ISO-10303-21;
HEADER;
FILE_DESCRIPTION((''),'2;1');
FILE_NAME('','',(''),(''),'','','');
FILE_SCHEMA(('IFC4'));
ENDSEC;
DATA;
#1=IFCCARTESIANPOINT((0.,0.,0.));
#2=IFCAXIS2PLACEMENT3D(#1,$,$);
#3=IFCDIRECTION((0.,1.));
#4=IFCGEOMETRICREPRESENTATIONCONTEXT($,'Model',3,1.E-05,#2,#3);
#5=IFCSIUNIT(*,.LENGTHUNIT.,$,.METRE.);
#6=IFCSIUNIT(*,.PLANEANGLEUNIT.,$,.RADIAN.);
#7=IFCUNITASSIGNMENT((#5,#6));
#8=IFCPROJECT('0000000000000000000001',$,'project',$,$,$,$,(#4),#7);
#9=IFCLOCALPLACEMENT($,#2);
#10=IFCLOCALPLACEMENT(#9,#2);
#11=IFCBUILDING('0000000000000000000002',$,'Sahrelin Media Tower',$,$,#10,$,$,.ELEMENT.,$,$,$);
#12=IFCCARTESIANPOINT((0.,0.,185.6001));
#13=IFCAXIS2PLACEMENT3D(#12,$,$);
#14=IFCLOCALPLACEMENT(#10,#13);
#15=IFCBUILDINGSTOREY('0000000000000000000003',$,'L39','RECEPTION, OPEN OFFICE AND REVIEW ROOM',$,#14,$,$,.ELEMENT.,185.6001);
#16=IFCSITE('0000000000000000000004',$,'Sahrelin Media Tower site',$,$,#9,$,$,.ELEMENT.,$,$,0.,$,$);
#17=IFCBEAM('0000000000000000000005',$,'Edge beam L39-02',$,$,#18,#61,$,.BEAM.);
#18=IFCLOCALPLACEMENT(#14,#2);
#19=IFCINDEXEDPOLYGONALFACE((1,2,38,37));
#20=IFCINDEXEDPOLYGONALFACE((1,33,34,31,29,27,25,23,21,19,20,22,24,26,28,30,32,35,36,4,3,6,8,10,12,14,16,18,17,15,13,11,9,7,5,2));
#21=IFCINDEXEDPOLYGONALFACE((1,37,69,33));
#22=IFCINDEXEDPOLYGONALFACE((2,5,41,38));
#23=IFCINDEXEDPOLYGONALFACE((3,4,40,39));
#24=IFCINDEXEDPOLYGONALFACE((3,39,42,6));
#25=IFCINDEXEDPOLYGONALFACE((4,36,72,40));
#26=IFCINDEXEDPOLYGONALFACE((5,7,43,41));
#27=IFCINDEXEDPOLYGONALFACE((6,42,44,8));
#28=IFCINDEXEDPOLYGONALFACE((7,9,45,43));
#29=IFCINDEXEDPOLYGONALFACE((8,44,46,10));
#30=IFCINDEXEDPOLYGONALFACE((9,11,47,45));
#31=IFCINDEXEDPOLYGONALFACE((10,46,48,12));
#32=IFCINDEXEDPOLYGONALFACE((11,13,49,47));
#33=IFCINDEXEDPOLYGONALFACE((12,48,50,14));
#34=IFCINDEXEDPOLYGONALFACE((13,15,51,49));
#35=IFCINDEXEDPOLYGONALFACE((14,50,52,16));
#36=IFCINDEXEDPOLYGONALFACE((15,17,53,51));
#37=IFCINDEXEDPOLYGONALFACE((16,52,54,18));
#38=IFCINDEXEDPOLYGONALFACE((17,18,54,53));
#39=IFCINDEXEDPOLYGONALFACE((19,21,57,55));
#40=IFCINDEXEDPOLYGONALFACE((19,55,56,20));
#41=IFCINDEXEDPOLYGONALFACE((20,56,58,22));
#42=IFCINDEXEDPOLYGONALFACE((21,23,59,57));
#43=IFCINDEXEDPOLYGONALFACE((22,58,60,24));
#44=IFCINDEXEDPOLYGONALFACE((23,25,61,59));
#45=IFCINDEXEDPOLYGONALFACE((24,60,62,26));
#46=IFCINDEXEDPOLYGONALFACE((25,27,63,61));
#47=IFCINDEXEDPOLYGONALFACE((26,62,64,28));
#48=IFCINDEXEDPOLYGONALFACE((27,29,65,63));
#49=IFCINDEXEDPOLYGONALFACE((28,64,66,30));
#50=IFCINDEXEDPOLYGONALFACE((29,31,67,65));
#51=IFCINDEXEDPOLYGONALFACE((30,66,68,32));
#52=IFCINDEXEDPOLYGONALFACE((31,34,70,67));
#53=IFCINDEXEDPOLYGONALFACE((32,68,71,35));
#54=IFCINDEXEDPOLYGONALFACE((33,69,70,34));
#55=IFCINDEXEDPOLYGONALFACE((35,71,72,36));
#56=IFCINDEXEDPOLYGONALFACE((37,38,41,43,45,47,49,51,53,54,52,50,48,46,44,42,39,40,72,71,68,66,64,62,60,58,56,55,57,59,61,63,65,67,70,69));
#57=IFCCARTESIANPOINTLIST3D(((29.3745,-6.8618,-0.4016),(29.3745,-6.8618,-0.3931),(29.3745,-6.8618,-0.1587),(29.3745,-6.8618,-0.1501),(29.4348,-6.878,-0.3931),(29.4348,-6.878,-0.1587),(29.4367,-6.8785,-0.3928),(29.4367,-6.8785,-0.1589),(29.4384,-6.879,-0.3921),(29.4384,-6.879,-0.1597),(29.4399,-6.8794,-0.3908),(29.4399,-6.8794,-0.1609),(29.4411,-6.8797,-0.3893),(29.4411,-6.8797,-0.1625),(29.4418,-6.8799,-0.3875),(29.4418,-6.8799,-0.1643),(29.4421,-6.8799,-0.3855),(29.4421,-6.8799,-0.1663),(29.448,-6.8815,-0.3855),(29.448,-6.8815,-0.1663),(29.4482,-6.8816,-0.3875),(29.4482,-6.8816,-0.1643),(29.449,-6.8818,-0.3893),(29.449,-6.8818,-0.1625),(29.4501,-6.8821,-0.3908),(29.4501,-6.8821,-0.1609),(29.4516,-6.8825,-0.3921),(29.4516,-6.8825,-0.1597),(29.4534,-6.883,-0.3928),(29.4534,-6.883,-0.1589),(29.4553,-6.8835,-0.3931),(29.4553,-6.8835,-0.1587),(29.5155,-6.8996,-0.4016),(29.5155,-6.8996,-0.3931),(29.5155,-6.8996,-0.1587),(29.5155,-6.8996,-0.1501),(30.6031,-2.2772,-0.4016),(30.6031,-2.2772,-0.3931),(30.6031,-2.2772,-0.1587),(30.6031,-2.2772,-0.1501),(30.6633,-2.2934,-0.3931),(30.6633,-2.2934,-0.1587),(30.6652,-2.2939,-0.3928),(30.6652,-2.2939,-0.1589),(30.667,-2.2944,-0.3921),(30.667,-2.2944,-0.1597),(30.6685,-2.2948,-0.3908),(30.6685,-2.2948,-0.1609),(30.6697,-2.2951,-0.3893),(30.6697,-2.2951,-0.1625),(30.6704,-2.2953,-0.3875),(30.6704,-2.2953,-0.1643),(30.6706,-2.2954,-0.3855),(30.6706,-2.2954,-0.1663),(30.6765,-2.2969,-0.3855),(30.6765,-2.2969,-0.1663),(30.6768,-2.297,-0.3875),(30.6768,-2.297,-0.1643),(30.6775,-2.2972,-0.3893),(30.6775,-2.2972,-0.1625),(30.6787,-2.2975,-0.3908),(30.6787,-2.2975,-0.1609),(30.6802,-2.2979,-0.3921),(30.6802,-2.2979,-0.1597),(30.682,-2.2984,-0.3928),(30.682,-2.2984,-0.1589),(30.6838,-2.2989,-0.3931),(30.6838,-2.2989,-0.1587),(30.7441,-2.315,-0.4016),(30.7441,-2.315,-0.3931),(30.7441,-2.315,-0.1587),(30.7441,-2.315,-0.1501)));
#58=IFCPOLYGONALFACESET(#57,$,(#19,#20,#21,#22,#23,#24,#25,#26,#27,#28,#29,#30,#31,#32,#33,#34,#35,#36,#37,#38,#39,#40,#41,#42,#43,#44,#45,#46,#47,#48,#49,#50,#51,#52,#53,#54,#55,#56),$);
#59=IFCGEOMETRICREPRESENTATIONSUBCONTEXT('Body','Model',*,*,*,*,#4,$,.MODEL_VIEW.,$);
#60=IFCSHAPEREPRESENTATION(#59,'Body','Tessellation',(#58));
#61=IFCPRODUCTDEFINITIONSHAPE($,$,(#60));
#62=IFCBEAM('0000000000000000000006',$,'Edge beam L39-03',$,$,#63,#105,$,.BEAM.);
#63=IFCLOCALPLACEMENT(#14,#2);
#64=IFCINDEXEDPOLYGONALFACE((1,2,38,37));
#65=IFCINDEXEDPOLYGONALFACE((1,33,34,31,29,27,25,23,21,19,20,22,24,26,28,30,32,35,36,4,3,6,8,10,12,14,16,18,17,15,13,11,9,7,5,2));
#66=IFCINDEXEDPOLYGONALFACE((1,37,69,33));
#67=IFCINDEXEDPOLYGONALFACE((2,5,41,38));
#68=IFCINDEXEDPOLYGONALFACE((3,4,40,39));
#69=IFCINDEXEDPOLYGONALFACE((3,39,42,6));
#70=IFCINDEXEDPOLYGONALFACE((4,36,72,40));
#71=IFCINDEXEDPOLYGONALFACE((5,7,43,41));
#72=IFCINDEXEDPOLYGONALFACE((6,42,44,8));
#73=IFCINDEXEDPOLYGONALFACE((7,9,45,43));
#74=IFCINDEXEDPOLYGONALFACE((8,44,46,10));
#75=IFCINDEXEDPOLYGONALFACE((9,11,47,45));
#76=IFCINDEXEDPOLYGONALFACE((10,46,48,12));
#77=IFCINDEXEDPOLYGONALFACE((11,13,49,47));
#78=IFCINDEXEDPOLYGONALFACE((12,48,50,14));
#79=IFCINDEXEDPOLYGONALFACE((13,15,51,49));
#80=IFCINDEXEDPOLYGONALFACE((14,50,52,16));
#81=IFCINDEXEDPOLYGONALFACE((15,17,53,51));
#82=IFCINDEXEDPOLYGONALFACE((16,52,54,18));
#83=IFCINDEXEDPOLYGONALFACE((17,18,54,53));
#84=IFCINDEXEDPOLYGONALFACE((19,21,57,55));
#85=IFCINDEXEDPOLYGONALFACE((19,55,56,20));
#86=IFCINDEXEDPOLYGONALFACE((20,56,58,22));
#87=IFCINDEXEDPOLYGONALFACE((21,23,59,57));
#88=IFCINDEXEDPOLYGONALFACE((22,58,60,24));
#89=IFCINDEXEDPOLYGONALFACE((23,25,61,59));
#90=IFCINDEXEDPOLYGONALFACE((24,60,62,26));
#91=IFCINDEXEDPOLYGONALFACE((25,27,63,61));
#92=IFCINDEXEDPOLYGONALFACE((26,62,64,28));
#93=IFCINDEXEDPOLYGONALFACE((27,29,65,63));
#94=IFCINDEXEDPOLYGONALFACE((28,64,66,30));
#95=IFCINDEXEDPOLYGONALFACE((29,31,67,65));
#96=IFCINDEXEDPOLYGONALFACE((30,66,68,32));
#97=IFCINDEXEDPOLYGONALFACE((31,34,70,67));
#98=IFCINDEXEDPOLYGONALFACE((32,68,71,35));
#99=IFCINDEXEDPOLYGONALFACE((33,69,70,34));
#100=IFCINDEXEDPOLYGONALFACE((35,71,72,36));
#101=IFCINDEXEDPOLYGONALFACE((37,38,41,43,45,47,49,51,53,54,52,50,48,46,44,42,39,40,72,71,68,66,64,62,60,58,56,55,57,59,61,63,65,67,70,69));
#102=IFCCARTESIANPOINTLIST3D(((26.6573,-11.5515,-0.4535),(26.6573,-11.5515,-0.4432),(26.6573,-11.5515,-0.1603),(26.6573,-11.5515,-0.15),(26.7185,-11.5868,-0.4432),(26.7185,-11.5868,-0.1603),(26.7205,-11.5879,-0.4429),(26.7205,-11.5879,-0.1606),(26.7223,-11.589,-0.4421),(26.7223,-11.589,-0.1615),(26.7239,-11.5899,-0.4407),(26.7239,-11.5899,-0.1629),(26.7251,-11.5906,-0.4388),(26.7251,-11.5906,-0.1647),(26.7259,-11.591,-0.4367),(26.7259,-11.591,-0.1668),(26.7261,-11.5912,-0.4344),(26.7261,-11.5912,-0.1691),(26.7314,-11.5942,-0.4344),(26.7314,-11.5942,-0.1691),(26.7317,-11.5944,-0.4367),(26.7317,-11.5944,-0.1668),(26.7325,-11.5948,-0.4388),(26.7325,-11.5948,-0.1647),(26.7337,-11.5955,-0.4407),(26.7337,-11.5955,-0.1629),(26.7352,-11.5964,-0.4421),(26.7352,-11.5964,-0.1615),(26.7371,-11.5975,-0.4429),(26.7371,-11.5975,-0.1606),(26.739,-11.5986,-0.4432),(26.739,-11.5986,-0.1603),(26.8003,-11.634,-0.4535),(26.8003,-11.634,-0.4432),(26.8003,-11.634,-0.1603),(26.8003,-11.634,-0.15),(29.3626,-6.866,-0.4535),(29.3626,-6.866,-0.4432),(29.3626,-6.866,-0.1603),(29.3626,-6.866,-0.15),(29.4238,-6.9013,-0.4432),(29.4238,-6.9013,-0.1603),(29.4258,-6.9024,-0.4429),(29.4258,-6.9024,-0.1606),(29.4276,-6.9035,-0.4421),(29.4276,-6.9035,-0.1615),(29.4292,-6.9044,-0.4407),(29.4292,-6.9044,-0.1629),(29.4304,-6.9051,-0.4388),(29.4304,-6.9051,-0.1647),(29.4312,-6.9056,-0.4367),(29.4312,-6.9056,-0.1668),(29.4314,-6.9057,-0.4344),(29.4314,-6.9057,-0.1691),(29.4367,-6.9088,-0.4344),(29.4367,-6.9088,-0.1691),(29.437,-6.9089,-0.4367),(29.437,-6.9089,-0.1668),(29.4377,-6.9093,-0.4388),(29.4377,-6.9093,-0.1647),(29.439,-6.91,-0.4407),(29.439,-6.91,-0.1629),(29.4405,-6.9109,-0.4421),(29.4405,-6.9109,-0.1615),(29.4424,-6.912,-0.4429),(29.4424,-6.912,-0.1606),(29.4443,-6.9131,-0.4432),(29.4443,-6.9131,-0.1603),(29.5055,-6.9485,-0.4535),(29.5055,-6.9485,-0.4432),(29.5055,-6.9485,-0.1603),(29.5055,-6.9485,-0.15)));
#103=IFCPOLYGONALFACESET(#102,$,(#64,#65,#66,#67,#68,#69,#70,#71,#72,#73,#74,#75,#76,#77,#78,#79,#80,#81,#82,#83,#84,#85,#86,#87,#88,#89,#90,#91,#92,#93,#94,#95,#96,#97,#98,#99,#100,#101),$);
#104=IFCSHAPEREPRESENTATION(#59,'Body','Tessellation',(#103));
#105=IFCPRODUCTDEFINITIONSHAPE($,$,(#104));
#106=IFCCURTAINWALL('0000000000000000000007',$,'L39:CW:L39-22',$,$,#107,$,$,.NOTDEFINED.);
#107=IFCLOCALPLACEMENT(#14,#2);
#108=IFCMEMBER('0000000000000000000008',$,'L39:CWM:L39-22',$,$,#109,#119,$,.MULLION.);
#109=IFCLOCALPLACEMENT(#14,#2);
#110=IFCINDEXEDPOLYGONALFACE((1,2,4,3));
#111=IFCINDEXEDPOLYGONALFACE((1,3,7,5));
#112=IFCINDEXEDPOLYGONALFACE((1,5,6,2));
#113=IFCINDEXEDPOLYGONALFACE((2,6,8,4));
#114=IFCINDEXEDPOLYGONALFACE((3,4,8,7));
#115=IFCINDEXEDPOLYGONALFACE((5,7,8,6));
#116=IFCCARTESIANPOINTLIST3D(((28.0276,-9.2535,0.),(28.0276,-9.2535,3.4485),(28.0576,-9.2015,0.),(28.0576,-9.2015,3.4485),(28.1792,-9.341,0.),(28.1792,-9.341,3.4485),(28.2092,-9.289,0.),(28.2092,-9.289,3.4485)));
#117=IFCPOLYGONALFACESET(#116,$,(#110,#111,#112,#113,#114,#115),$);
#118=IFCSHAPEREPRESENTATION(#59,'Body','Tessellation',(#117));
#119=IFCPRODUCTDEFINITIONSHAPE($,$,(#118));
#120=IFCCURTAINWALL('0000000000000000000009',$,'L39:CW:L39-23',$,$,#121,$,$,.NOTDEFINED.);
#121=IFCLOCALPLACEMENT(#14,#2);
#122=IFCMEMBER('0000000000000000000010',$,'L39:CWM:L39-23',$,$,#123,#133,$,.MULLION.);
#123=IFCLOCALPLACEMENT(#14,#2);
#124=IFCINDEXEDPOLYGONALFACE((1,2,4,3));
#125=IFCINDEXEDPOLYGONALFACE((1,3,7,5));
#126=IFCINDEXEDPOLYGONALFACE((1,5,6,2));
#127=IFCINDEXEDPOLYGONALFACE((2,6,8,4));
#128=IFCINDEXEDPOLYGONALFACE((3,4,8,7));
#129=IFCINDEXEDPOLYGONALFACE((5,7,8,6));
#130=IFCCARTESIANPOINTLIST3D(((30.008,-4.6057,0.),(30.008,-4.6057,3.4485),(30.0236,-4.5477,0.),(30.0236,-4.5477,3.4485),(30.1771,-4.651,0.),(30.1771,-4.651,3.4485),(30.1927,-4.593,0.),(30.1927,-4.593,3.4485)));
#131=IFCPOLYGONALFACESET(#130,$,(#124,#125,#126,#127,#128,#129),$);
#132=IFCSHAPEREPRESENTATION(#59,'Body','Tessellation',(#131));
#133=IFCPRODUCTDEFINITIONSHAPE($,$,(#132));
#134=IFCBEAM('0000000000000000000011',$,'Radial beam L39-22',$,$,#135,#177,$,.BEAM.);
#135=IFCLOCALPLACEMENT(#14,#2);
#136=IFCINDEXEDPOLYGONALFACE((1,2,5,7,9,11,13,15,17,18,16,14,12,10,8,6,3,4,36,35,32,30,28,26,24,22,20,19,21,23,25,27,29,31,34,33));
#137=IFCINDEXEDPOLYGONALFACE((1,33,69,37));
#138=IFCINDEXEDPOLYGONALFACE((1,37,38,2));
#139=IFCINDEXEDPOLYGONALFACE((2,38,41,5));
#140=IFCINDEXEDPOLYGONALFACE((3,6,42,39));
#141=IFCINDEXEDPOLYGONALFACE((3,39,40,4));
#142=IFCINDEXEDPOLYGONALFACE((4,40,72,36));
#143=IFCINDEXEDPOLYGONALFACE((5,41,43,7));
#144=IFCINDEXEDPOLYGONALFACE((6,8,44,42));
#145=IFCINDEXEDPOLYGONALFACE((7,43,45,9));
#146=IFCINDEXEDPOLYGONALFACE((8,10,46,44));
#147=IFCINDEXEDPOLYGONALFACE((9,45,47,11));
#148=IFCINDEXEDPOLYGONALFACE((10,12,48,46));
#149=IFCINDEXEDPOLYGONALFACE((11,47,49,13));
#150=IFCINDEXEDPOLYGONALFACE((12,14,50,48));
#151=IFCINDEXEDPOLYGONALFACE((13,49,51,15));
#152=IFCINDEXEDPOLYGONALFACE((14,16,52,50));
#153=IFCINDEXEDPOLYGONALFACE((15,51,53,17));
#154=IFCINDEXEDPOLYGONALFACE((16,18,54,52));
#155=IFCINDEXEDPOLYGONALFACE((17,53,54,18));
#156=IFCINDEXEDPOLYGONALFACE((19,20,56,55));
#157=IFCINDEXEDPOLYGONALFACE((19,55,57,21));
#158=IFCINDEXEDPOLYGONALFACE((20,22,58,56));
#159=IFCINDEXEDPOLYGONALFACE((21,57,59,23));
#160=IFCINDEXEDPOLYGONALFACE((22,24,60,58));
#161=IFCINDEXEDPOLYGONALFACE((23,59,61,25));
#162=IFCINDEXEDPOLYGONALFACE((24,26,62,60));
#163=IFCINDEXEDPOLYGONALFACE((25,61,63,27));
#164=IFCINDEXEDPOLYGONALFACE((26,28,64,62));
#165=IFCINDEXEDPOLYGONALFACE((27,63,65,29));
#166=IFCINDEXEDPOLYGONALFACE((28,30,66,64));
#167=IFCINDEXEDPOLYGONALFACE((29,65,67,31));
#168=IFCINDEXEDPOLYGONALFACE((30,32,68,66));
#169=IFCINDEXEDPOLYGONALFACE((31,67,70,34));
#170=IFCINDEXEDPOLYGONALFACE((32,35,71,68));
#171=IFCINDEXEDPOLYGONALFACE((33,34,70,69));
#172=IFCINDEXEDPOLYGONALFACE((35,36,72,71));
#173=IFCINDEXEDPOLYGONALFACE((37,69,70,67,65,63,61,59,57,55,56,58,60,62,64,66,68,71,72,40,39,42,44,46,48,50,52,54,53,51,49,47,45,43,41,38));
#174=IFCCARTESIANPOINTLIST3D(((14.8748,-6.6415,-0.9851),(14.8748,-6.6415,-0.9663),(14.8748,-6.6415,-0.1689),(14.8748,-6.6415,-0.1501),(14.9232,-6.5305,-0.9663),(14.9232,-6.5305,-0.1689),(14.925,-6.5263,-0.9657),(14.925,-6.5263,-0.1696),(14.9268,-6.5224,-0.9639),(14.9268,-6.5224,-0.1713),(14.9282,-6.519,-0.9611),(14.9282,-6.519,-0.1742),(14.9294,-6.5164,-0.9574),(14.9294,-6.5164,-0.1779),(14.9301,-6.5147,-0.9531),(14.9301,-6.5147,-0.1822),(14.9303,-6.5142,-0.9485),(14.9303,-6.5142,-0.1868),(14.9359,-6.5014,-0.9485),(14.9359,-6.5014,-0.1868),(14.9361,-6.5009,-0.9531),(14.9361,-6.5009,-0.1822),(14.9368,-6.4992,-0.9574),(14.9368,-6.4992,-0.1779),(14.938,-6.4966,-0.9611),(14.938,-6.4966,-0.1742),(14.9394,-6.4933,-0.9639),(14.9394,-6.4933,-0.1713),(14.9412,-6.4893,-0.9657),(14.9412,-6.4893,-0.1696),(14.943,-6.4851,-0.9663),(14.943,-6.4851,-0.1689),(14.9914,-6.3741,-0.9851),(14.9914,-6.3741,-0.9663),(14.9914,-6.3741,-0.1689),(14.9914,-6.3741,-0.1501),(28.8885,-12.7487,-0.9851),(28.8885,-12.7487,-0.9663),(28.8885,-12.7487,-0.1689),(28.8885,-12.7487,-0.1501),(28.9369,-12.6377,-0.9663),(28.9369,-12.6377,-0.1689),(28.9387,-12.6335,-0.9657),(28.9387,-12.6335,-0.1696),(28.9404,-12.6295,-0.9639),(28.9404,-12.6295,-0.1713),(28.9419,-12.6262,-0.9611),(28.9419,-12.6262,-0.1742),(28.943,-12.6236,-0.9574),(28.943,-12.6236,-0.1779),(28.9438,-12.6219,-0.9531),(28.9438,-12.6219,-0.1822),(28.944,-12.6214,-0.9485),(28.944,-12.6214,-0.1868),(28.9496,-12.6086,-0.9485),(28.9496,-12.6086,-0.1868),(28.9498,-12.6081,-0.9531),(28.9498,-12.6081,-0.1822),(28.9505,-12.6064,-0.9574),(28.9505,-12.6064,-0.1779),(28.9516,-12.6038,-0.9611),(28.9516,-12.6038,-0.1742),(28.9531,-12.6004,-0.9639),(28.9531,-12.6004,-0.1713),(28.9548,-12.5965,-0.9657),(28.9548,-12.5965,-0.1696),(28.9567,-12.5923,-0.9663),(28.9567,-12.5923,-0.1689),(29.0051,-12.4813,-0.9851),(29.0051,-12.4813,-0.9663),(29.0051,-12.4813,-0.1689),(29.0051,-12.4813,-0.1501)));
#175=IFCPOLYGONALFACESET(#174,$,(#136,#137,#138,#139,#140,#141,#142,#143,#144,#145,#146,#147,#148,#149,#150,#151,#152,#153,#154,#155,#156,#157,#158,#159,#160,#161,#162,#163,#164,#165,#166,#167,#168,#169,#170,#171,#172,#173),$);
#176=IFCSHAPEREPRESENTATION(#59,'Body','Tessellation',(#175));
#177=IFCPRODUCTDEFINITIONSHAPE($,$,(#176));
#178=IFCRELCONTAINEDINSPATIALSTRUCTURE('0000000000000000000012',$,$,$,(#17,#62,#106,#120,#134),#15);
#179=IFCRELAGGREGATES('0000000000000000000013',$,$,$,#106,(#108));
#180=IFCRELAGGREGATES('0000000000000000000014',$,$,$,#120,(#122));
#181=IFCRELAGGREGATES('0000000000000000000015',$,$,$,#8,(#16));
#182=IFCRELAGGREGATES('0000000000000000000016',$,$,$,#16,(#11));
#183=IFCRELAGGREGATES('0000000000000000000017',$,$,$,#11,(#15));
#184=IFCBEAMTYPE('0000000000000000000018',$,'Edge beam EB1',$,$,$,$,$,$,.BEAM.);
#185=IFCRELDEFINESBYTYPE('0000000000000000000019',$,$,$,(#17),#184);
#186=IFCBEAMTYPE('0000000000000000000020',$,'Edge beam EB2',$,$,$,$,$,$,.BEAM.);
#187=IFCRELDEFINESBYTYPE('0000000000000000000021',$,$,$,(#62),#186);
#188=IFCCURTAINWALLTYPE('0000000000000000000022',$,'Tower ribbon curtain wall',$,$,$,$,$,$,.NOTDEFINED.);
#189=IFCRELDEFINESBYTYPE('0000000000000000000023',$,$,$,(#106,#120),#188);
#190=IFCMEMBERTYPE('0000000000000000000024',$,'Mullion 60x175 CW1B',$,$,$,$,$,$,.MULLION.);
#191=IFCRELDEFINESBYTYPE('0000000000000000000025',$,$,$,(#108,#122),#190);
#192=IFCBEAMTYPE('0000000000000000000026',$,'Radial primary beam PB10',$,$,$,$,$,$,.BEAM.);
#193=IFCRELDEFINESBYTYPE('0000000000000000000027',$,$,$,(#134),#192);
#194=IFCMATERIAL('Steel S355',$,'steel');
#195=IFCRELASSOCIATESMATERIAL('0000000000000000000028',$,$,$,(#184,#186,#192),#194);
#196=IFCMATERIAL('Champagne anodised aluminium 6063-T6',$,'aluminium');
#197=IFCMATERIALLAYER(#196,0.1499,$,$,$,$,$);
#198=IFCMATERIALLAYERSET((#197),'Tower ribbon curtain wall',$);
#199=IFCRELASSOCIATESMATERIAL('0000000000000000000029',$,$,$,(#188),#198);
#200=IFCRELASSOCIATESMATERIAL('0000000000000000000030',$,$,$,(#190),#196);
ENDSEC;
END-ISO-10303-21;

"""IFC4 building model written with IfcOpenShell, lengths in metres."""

from ifc_helpers import new_model, si_unit, direction, frame, origin, origin_2d, place, context, subcontext, project, spatial, rectangle, i_section, extrude, material, layer, layer_set, material_profile, profile_set, type_object, element, aggregate, save


model = new_model("IFC4")

# Units and contexts
model_context = context("Model", 3, precision=1e-05, world=origin(), true_north=direction((0.0, 1.0)))
body_context = subcontext(model_context, "Body", "Model", "MODEL_VIEW")
ifc_project = project(units=[si_unit("LENGTHUNIT", "METRE"), si_unit("PLANEANGLEUNIT", "RADIAN")], contexts=[model_context])

# Site, building, storey
site_placement = place(None, origin())
site = spatial("IfcSite", under=ifc_project, at=site_placement, Name="Sahrelin Media Tower site", CompositionType="ELEMENT", RefElevation=0.0)
building_placement = place(site_placement, origin())
building = spatial("IfcBuilding", under=site, at=building_placement, Name="Sahrelin Media Tower", CompositionType="ELEMENT")
storey_placement = place(building_placement, frame((0.0, 0.0, 185.6001)))
storey = spatial("IfcBuildingStorey", under=building, at=storey_placement, Name="L39", Description="RECEPTION, OPEN OFFICE AND REVIEW ROOM", CompositionType="ELEMENT", Elevation=185.6001)

# Beams
ifc_material_1 = material(Name="Steel S355", Category="steel")
ifc_material_profile_1 = material_profile(ifc_material_1, i_section(OverallWidth=0.146, OverallDepth=0.2515, WebThickness=0.0061, FlangeThickness=0.0085, FilletRadius=0.0076, at=origin_2d()), Name="UB 254x146x31")
ifc_profile_set_1 = profile_set([ifc_material_profile_1], Name="Steel S355")
beam_type_1 = type_object("IfcBeamType", Name="Edge beam EB1", PredefinedType="BEAM", material=ifc_profile_set_1)
beam_1_placement = place(storey_placement, frame((30.6736, -2.2961, -0.2759), z_axis=(-0.258841, -0.96592, 0.0), x_axis=(0.96592, -0.258841, 0.0)))
element("IfcBeam", 1, at=beam_1_placement, inside=storey, type_object=beam_type_1, Name="Edge beam L39-02", PredefinedType="BEAM", context=body_context, shape_type="SweptSolid", body=[
    extrude(i_section(OverallWidth=0.146, OverallDepth=0.2515, WebThickness=0.0061, FlangeThickness=0.0085, FilletRadius=0.0076, at=origin_2d()), origin(), (0.0, 0.0, 1.0), 4.7463),
])
ifc_material_profile_2 = material_profile(ifc_material_1, i_section(OverallWidth=0.165, OverallDepth=0.3035, WebThickness=0.0061, FlangeThickness=0.0103, FilletRadius=0.0088, at=origin_2d()), Name="UB 305x165x40")
ifc_profile_set_2 = profile_set([ifc_material_profile_2], Name="Steel S355")
beam_type_2 = type_object("IfcBeamType", Name="Edge beam EB2", PredefinedType="BEAM", material=ifc_profile_set_2)
beam_2_placement = place(storey_placement, frame((29.4341, -6.9072, -0.3018), z_axis=(-0.500017, -0.866016, 0.0), x_axis=(0.866016, -0.500017, 0.0)))
element("IfcBeam", 2, at=beam_2_placement, inside=storey, type_object=beam_type_2, Name="Edge beam L39-03", PredefinedType="BEAM", context=body_context, shape_type="SweptSolid", body=[
    extrude(i_section(OverallWidth=0.165, OverallDepth=0.3035, WebThickness=0.0061, FlangeThickness=0.0103, FilletRadius=0.0088, at=origin_2d()), origin(), (0.0, 0.0, 1.0), 5.4104),
])

# Curtain walls, members
ifc_material_2 = material(Name="Champagne anodised aluminium 6063-T6", Category="aluminium")
ifc_layer_1 = layer(ifc_material_2, 0.1499)
ifc_layer_set_1 = layer_set([ifc_layer_1], Name="Tower ribbon curtain wall")
curtain_wall_type = type_object("IfcCurtainWallType", Name="Tower ribbon curtain wall", PredefinedType="NOTDEFINED", material=ifc_layer_set_1)
curtain_wall_1_placement = place(storey_placement, frame((28.2112, -9.325, 0.0), z_axis=(0.0, 0.0, 1.0), x_axis=(1.0, 0.0, 0.0)))
curtain_wall_1 = element("IfcCurtainWall", 3, at=curtain_wall_1_placement, inside=storey, type_object=curtain_wall_type, Name="L39:CW:L39-22", PredefinedType="NOTDEFINED")
ifc_material_profile_3 = material_profile(ifc_material_2, rectangle(XDim=0.0601, YDim=0.175, at=origin_2d()), Name="Mullion 60x175")
ifc_profile_set_3 = profile_set([ifc_material_profile_3], Name="Champagne anodised aluminium 6063-T6")
member_type_1 = type_object("IfcMemberType", Name="Mullion 60x175 CW1B", PredefinedType="MULLION", material=ifc_profile_set_3)
member_1_placement = place(storey_placement, frame((28.1184, -9.2712, 0.0), z_axis=(0.0, 0.0, 1.0), x_axis=(0.499997, 0.866027, 0.0)))
member_1 = element("IfcMember", 4, at=member_1_placement, type_object=member_type_1, Name="L39:CWM:L39-22", PredefinedType="MULLION", context=body_context, shape_type="SweptSolid", body=[
    extrude(rectangle(XDim=0.0601, YDim=0.175, at=origin_2d()), origin(), (0.0, 0.0, 1.0), 3.4485),
])
curtain_wall_2_placement = place(storey_placement, frame((30.2041, -4.6272, 0.0), z_axis=(0.0, 0.0, 1.0), x_axis=(1.0, 0.0, 0.0)))
curtain_wall_2 = element("IfcCurtainWall", 5, at=curtain_wall_2_placement, inside=storey, type_object=curtain_wall_type, Name="L39:CW:L39-23", PredefinedType="NOTDEFINED")
member_2_placement = place(storey_placement, frame((30.1003, -4.5994, 0.0), z_axis=(0.0, 0.0, 1.0), x_axis=(0.258829, 0.965923, 0.0)))
member_2 = element("IfcMember", 6, at=member_2_placement, type_object=member_type_1, Name="L39:CWM:L39-23", PredefinedType="MULLION", context=body_context, shape_type="SweptSolid", body=[
    extrude(rectangle(XDim=0.0601, YDim=0.175, at=origin_2d()), origin(), (0.0, 0.0, 1.0), 3.4485),
])

# Beam
ifc_material_profile_4 = material_profile(ifc_material_1, i_section(OverallWidth=0.2917, OverallDepth=0.835, WebThickness=0.0139, FlangeThickness=0.0188, FilletRadius=0.0178, at=origin_2d()), Name="UB 838x292x176")
ifc_profile_set_4 = profile_set([ifc_material_profile_4], Name="Steel S355")
beam_type_3 = type_object("IfcBeamType", Name="Radial primary beam PB10", PredefinedType="BEAM", material=ifc_profile_set_4)
beam_3_placement = place(storey_placement, frame((14.9331, -6.5078, -0.5676), z_axis=(0.916728, -0.399511, 0.0), x_axis=(0.399511, 0.916728, 0.0)))
element("IfcBeam", 7, at=beam_3_placement, inside=storey, type_object=beam_type_3, Name="Radial beam L39-22", PredefinedType="BEAM", context=body_context, shape_type="SweptSolid", body=[
    extrude(i_section(OverallWidth=0.2917, OverallDepth=0.835, WebThickness=0.0139, FlangeThickness=0.0188, FilletRadius=0.0178, at=origin_2d()), origin(), (0.0, 0.0, 1.0), 15.2866),
])

aggregate(curtain_wall_1, [member_1])

aggregate(curtain_wall_2, [member_2])

save(model, "model.ifc")
